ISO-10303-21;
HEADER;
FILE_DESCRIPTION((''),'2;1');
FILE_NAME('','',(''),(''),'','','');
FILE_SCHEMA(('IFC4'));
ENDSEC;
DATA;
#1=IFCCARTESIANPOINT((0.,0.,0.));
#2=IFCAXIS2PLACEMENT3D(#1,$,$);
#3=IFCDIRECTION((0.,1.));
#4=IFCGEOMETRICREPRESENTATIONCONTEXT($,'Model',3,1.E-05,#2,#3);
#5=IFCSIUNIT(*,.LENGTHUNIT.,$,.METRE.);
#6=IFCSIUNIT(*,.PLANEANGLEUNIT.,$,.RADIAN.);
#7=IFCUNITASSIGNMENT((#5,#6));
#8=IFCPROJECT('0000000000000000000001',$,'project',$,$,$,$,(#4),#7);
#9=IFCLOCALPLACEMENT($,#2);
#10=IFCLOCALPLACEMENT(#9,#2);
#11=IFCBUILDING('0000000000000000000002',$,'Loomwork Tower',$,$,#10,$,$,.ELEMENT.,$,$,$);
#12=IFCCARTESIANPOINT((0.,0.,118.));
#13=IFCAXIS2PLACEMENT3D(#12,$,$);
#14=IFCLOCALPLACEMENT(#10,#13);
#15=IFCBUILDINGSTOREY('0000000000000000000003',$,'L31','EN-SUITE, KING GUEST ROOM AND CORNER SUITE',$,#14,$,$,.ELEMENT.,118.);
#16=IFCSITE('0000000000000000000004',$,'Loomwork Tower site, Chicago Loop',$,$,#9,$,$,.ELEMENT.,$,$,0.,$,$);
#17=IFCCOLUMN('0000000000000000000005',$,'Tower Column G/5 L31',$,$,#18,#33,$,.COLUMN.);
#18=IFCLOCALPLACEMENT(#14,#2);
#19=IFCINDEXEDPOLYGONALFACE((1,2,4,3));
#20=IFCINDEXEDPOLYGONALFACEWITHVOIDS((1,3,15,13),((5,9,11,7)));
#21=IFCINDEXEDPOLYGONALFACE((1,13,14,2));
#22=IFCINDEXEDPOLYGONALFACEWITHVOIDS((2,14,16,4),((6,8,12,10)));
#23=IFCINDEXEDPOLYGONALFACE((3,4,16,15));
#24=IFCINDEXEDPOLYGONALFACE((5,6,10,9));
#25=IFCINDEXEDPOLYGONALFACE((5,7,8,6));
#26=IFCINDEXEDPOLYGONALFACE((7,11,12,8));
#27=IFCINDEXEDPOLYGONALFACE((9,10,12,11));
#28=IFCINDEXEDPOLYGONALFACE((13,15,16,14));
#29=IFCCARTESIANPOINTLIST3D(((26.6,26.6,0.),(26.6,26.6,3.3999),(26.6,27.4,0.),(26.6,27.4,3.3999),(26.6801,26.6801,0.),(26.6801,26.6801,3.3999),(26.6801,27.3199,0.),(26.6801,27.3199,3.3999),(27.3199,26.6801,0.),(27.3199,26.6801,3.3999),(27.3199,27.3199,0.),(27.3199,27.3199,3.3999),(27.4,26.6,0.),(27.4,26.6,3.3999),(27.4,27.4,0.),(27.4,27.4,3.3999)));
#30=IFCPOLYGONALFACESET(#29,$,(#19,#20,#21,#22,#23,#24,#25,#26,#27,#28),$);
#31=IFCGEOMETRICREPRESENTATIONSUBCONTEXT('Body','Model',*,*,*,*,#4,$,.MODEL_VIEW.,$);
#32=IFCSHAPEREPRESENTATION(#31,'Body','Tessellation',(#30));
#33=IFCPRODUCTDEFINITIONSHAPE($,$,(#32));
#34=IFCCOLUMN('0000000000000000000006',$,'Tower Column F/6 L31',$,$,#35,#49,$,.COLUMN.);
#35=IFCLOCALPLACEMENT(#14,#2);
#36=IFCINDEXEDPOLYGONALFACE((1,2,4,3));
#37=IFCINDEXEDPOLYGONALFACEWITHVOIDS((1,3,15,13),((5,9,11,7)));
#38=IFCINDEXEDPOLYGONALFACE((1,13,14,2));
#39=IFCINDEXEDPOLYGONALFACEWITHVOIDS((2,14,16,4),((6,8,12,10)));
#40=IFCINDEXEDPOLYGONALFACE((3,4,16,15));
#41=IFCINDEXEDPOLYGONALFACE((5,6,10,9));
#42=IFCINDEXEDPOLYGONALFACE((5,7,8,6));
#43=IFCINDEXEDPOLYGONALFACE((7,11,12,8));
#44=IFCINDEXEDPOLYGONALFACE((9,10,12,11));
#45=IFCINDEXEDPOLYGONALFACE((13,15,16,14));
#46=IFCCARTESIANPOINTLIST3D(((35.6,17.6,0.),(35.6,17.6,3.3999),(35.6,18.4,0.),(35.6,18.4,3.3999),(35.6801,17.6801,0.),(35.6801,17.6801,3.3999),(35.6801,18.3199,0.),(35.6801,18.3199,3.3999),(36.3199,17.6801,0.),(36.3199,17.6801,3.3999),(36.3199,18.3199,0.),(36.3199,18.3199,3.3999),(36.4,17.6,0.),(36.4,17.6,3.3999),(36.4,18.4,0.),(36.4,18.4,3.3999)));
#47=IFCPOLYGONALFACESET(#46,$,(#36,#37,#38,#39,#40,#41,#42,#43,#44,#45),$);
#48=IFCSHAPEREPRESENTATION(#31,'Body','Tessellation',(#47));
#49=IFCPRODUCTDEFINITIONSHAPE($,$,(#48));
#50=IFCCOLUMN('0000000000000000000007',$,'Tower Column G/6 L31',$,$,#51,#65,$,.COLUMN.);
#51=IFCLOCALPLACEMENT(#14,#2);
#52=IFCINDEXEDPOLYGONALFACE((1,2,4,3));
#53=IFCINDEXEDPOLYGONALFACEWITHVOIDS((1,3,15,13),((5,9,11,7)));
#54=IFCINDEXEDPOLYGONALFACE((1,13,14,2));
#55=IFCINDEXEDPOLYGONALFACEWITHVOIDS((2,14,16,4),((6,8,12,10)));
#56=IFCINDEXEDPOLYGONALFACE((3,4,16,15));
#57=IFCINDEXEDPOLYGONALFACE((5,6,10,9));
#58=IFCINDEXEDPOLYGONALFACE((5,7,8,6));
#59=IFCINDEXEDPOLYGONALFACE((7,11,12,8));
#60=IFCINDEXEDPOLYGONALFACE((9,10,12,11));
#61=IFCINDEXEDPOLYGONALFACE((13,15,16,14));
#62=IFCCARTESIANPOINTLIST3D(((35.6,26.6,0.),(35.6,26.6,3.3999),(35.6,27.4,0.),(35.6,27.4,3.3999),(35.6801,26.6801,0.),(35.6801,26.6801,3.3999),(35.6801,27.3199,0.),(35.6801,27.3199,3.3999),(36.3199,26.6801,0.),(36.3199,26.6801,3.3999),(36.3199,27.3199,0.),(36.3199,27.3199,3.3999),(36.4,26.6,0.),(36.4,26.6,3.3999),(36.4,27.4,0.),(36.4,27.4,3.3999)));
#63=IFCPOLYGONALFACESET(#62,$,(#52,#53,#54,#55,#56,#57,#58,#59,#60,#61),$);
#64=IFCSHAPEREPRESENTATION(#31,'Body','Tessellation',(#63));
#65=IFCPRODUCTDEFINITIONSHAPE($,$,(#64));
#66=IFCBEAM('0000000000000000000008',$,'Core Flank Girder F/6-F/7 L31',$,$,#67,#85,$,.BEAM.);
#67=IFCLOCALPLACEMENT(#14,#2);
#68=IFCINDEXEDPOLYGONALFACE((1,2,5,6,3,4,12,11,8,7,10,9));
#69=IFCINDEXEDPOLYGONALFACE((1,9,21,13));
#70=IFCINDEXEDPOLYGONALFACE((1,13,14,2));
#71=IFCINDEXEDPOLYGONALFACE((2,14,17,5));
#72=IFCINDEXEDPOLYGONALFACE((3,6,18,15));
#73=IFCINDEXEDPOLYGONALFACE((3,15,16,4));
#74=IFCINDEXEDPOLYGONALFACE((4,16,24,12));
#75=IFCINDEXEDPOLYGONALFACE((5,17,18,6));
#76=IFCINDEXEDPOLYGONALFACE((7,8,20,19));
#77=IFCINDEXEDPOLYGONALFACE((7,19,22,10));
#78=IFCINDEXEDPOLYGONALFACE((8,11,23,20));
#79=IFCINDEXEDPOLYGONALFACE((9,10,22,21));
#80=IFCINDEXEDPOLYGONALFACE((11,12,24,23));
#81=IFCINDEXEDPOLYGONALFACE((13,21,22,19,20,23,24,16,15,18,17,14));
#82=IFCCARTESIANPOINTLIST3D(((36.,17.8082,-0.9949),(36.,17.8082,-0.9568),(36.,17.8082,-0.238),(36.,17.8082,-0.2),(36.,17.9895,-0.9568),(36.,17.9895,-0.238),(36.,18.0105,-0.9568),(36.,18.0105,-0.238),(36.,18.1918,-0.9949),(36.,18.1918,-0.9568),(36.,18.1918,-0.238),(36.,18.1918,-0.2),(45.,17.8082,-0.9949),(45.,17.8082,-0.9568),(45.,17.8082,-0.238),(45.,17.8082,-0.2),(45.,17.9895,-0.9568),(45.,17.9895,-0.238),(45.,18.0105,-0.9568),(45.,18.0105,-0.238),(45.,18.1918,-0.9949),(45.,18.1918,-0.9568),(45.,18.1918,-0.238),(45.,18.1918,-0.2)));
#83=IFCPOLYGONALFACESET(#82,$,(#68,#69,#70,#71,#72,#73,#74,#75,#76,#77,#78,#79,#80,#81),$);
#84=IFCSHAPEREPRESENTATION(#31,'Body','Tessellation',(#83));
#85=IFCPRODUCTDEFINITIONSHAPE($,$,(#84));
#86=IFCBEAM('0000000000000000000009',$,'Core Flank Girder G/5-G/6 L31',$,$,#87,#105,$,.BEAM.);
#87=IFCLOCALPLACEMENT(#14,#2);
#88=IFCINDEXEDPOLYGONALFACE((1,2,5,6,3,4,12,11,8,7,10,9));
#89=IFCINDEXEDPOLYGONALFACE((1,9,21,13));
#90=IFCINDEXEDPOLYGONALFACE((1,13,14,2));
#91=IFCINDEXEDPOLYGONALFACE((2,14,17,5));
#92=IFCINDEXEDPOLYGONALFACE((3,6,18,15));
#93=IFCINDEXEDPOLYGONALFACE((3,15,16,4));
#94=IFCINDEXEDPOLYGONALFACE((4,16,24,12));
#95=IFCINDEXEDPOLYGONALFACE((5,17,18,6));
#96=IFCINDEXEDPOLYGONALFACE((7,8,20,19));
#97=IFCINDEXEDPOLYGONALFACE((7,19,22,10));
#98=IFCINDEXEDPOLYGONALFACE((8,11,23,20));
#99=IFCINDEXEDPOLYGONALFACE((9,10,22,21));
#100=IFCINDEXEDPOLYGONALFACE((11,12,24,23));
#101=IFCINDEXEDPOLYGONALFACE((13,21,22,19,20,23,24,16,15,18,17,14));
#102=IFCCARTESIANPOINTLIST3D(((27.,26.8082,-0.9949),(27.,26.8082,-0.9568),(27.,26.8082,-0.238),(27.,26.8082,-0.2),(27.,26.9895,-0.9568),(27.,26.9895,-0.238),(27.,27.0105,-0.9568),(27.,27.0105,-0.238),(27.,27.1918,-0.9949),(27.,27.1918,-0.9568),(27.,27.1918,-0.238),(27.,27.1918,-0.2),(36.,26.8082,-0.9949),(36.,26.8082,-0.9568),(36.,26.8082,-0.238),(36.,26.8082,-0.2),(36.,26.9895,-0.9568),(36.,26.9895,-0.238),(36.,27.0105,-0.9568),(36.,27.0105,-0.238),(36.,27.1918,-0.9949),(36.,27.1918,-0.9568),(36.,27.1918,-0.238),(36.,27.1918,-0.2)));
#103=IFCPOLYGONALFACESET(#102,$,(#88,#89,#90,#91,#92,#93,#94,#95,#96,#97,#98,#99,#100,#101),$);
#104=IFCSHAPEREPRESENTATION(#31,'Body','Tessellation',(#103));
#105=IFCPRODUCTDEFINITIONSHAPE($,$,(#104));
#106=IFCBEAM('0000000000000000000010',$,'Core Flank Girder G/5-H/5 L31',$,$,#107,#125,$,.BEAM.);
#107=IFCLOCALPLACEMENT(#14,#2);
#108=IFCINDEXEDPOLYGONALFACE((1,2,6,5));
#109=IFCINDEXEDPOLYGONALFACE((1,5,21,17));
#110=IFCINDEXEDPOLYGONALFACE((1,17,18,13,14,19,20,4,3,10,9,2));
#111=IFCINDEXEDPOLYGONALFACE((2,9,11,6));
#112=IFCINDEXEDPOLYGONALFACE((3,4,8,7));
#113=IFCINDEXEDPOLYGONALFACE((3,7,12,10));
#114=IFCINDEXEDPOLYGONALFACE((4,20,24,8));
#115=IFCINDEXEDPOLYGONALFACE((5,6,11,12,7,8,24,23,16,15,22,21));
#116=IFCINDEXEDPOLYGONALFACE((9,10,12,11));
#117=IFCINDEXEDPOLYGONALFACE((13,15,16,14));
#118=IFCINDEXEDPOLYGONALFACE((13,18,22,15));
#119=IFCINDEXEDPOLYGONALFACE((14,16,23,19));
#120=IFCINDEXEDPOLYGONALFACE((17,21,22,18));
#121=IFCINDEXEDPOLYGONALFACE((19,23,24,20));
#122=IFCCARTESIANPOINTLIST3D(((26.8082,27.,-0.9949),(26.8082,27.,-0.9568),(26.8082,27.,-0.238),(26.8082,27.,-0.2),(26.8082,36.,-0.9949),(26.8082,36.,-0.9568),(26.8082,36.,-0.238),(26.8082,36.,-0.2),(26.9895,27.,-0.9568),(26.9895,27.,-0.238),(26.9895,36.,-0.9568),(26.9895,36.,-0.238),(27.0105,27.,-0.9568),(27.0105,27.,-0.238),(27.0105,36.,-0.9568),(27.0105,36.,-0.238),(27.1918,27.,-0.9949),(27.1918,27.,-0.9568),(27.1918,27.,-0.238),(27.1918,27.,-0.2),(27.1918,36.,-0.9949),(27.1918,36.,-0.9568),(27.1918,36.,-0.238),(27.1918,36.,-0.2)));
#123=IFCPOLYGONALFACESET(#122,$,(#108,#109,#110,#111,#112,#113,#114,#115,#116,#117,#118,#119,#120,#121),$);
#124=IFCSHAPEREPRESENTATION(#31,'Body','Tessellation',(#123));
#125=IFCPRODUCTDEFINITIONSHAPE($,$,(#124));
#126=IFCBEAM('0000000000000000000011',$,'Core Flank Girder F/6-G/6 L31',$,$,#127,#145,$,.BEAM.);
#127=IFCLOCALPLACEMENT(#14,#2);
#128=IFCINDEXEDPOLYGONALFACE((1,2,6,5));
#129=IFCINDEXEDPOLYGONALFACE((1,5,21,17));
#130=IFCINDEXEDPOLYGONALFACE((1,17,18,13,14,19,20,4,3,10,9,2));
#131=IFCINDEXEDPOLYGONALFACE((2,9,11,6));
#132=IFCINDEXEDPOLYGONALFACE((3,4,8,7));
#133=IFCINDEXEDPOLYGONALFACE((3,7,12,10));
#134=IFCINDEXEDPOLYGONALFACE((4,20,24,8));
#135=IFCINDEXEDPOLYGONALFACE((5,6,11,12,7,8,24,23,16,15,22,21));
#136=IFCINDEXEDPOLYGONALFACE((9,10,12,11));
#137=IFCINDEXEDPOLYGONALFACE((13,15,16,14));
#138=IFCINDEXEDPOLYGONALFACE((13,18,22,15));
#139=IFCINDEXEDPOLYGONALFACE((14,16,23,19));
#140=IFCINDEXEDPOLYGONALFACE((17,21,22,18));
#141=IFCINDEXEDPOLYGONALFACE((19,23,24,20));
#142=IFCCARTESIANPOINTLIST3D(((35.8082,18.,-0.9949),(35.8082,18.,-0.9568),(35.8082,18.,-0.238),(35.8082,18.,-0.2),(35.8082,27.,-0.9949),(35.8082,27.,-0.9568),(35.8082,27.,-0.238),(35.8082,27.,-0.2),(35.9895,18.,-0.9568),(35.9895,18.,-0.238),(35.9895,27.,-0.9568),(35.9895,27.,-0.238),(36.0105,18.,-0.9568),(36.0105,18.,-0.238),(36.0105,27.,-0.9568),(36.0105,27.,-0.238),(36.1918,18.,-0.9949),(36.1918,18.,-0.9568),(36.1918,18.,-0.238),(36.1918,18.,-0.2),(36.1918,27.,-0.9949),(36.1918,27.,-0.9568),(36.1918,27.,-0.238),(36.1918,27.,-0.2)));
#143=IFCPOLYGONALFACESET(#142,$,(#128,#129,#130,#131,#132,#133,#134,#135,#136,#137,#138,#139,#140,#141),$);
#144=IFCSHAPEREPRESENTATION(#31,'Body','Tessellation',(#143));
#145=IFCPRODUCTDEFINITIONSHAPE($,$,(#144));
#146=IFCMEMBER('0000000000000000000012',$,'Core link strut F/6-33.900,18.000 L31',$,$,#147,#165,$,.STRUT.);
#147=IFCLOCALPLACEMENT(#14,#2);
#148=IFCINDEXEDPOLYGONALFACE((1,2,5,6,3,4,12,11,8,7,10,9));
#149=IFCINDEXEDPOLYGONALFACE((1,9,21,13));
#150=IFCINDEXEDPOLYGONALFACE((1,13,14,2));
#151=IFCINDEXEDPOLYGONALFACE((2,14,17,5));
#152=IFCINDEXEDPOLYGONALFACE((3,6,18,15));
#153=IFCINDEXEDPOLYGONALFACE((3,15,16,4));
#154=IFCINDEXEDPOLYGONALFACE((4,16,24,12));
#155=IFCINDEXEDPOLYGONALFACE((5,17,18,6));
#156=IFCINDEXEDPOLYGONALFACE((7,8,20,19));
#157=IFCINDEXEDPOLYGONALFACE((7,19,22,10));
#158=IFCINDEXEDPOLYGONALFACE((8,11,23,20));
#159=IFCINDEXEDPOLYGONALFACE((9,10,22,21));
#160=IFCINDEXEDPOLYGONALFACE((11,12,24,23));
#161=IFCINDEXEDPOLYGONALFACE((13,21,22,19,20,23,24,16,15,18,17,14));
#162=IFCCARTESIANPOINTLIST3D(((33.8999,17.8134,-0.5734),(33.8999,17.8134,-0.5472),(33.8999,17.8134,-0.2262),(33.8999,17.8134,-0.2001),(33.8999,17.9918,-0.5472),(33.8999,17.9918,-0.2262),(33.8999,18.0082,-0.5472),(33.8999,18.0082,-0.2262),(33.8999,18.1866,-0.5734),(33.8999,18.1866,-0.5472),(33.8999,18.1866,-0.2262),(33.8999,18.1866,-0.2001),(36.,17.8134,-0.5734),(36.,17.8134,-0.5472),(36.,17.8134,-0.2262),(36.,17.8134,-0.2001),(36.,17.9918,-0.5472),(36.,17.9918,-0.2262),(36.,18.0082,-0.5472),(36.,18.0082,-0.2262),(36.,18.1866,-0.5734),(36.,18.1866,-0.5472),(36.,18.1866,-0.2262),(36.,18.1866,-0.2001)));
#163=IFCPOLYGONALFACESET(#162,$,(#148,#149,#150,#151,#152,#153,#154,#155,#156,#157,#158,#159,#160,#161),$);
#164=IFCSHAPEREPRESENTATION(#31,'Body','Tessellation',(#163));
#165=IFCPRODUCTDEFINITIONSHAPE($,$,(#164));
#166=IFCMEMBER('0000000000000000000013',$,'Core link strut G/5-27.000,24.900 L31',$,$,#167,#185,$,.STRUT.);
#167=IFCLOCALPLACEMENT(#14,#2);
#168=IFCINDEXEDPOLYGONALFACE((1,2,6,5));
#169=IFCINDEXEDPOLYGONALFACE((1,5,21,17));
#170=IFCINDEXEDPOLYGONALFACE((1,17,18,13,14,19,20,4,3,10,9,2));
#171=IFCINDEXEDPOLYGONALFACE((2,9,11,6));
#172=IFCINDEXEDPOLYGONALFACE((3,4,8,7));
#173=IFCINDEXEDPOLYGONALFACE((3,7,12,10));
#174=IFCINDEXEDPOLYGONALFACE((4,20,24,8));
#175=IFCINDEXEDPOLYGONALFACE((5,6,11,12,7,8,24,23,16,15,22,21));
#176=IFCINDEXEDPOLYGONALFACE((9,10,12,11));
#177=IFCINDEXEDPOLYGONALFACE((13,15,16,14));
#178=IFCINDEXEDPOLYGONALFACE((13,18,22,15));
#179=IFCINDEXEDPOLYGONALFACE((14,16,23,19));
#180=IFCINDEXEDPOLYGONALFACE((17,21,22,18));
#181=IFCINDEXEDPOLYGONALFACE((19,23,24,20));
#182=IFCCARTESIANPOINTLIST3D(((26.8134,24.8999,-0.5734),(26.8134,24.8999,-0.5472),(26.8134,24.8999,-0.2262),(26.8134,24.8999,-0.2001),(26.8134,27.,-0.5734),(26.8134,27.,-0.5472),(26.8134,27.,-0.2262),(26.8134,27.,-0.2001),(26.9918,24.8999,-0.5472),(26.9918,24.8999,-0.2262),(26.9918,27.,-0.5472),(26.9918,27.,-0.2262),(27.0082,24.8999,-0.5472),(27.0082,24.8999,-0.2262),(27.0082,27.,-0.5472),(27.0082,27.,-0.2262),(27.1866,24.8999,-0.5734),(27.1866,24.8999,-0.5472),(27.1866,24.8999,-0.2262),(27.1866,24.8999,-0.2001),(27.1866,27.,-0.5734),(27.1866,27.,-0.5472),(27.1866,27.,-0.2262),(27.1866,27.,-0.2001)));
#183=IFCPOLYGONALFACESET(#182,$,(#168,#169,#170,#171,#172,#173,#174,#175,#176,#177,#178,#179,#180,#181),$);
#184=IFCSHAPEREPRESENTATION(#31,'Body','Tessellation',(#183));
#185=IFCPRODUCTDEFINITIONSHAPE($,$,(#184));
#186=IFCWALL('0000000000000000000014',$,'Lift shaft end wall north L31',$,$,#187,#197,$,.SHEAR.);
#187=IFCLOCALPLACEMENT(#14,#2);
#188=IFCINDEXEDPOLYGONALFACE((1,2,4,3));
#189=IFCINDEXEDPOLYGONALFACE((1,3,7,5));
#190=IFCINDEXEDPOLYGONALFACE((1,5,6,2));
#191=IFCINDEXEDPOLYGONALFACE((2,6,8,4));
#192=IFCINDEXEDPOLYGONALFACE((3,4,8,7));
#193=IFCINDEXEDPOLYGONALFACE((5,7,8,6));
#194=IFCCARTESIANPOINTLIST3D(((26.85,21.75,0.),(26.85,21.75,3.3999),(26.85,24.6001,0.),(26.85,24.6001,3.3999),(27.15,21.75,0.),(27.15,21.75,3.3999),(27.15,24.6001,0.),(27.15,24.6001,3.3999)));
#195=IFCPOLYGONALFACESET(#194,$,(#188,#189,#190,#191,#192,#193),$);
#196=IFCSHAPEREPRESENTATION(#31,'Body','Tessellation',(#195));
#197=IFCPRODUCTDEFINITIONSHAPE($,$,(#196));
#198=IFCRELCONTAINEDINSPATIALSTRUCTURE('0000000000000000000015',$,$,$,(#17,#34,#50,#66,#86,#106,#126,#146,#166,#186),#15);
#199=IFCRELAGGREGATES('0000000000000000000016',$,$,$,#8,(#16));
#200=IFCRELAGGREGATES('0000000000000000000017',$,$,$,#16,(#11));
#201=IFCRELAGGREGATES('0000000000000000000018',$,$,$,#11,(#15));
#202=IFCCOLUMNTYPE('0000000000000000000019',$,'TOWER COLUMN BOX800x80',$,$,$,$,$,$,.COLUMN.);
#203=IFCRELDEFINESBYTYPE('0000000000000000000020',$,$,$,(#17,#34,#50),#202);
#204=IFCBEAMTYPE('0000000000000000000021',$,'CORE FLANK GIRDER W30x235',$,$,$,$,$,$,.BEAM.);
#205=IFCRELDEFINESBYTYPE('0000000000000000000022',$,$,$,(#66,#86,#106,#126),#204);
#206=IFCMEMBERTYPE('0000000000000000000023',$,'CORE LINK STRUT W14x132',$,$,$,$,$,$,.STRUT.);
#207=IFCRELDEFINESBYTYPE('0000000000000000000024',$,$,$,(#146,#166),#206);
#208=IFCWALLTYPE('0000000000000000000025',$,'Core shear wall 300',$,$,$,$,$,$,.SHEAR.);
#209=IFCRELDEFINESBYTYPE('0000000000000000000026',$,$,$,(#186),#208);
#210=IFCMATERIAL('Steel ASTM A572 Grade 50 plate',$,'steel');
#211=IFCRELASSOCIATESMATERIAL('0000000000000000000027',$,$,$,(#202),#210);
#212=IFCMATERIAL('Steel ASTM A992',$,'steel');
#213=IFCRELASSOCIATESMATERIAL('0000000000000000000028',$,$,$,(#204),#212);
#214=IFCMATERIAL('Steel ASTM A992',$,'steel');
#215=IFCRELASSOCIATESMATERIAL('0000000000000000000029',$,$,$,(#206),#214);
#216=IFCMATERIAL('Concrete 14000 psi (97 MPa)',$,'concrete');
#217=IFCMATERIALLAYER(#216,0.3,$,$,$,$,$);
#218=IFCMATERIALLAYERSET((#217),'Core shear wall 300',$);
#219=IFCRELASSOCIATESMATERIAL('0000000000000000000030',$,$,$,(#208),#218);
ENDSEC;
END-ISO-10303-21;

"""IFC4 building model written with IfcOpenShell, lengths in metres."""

from ifc_helpers import new_model, si_unit, direction, frame, frame_2d, origin, origin_2d, place, context, subcontext, project, spatial, rectangle, hollow_rectangle, i_section, extrude, material, layer, layer_set, material_profile, profile_set, type_object, element, save


model = new_model("IFC4")

# Units and contexts
model_context = context("Model", 3, precision=1e-05, world=origin(), true_north=direction((0.0, 1.0)))
body_context = subcontext(model_context, "Body", "Model", "MODEL_VIEW")
ifc_project = project(units=[si_unit("LENGTHUNIT", "METRE"), si_unit("PLANEANGLEUNIT", "RADIAN")], contexts=[model_context])

# Site, building, storey
site_placement = place(None, origin())
site = spatial("IfcSite", under=ifc_project, at=site_placement, Name="Loomwork Tower site, Chicago Loop", CompositionType="ELEMENT", RefElevation=0.0)
building_placement = place(site_placement, origin())
building = spatial("IfcBuilding", under=site, at=building_placement, Name="Loomwork Tower", CompositionType="ELEMENT")
storey_placement = place(building_placement, frame((0.0, 0.0, 118.0)))
storey = spatial("IfcBuildingStorey", under=building, at=storey_placement, Name="L31", Description="EN-SUITE, KING GUEST ROOM AND CORNER SUITE", CompositionType="ELEMENT", Elevation=118.0)

# Columns
ifc_material_1 = material(Name="Steel ASTM A572 Grade 50 plate", Category="steel")
ifc_material_profile_1 = material_profile(ifc_material_1, hollow_rectangle(XDim=0.8, YDim=0.8, WallThickness=0.0801, at=origin_2d()), Name="BOX800x80")
ifc_profile_set_1 = profile_set([ifc_material_profile_1], Name="Steel ASTM A572 Grade 50 plate")
column_type = type_object("IfcColumnType", Name="TOWER COLUMN BOX800x80", PredefinedType="COLUMN", material=ifc_profile_set_1)
for number, where, z_axis, x_axis, name in (
    (1, (27.0, 27.0, 0.0), (0.0, 0.0, 1.0), (1.0, 0.0, 0.0), "Tower Column G/5 L31"),
    (2, (36.0, 18.0, 0.0), (0.0, 0.0, 1.0), (0.0, 1.0, 0.0), "Tower Column F/6 L31"),
    (3, (36.0, 27.0, 0.0), (0.0, 0.0, 1.0), (1.0, 0.0, 0.0), "Tower Column G/6 L31"),
):
    element("IfcColumn", number, at=place(storey_placement, frame(where, z_axis=z_axis, x_axis=x_axis)), inside=storey, type_object=column_type, Name=name, PredefinedType="COLUMN", context=body_context, shape_type="SweptSolid", body=[
        extrude(hollow_rectangle(XDim=0.8, YDim=0.8, WallThickness=0.0801, at=origin_2d()), origin(), (0.0, 0.0, 1.0), 3.3999),
    ])

# Beams
ifc_material_2 = material(Name="Steel ASTM A992", Category="steel")
ifc_material_profile_2 = material_profile(ifc_material_2, i_section(OverallWidth=0.3835, OverallDepth=0.7949, WebThickness=0.021, FlangeThickness=0.0381, at=origin_2d()), Name="W30x235")
ifc_profile_set_2 = profile_set([ifc_material_profile_2], Name="Steel ASTM A992")
beam_type = type_object("IfcBeamType", Name="CORE FLANK GIRDER W30x235", PredefinedType="BEAM", material=ifc_profile_set_2)
for number, where, z_axis, x_axis, name in (
    (4, (36.0, 18.0, -0.5974), (1.0, 0.0, 0.0), (0.0, 1.0, 0.0), "Core Flank Girder F/6-F/7 L31"),
    (5, (27.0, 27.0, -0.5974), (1.0, 0.0, 0.0), (0.0, 1.0, 0.0), "Core Flank Girder G/5-G/6 L31"),
    (6, (27.0, 27.0, -0.5974), (0.0, 1.0, 0.0), (-1.0, 0.0, 0.0), "Core Flank Girder G/5-H/5 L31"),
    (7, (36.0, 18.0, -0.5974), (0.0, 1.0, 0.0), (-1.0, 0.0, 0.0), "Core Flank Girder F/6-G/6 L31"),
):
    element("IfcBeam", number, at=place(storey_placement, frame(where, z_axis=z_axis, x_axis=x_axis)), inside=storey, type_object=beam_type, Name=name, PredefinedType="BEAM", context=body_context, shape_type="SweptSolid", body=[
        extrude(i_section(OverallWidth=0.3835, OverallDepth=0.7949, WebThickness=0.021, FlangeThickness=0.0381, at=origin_2d()), origin(), (0.0, 0.0, 1.0), 9.0),
    ])

# Members
ifc_material_3 = material(Name="Steel ASTM A992", Category="steel")
ifc_material_profile_3 = material_profile(ifc_material_3, i_section(OverallWidth=0.3733, OverallDepth=0.3733, WebThickness=0.0164, FlangeThickness=0.0261, at=origin_2d()), Name="W14x132")
ifc_profile_set_3 = profile_set([ifc_material_profile_3], Name="Steel ASTM A992")
member_type = type_object("IfcMemberType", Name="CORE LINK STRUT W14x132", PredefinedType="STRUT", material=ifc_profile_set_3)
for number, where, z_axis, x_axis, name in (
    (8, (36.0, 18.0, -0.3867), (-1.0, 0.0, 0.0), (0.0, -1.0, 0.0), "Core link strut F/6-33.900,18.000 L31"),
    (9, (27.0, 27.0, -0.3867), (0.0, -1.0, 0.0), (1.0, 0.0, 0.0), "Core link strut G/5-27.000,24.900 L31"),
):
    element("IfcMember", number, at=place(storey_placement, frame(where, z_axis=z_axis, x_axis=x_axis)), inside=storey, type_object=member_type, Name=name, PredefinedType="STRUT", context=body_context, shape_type="SweptSolid", body=[
        extrude(i_section(OverallWidth=0.3733, OverallDepth=0.3733, WebThickness=0.0164, FlangeThickness=0.0261, at=origin_2d()), origin(), (0.0, 0.0, 1.0), 2.1001),
    ])

# Wall
ifc_material_4 = material(Name="Concrete 14000 psi (97 MPa)", Category="concrete")
ifc_layer_1 = layer(ifc_material_4, 0.3)
ifc_layer_set_1 = layer_set([ifc_layer_1], Name="Core shear wall 300")
wall_type_1 = type_object("IfcWallType", Name="Core shear wall 300", PredefinedType="SHEAR", material=ifc_layer_set_1)
wall_1_placement = place(storey_placement, frame((27.0, 21.75, 0.0), z_axis=(0.0, 0.0, 1.0), x_axis=(0.0, 1.0, 0.0)))
element("IfcWall", 10, at=wall_1_placement, inside=storey, type_object=wall_type_1, Name="Lift shaft end wall north L31", PredefinedType="SHEAR", context=body_context, shape_type="SweptSolid", body=[
    extrude(rectangle(XDim=2.8501, YDim=0.3, at=frame_2d((1.425, 0.0))), origin(), (0.0, 0.0, 1.0), 3.3999),
])

save(model, "model.ifc")
